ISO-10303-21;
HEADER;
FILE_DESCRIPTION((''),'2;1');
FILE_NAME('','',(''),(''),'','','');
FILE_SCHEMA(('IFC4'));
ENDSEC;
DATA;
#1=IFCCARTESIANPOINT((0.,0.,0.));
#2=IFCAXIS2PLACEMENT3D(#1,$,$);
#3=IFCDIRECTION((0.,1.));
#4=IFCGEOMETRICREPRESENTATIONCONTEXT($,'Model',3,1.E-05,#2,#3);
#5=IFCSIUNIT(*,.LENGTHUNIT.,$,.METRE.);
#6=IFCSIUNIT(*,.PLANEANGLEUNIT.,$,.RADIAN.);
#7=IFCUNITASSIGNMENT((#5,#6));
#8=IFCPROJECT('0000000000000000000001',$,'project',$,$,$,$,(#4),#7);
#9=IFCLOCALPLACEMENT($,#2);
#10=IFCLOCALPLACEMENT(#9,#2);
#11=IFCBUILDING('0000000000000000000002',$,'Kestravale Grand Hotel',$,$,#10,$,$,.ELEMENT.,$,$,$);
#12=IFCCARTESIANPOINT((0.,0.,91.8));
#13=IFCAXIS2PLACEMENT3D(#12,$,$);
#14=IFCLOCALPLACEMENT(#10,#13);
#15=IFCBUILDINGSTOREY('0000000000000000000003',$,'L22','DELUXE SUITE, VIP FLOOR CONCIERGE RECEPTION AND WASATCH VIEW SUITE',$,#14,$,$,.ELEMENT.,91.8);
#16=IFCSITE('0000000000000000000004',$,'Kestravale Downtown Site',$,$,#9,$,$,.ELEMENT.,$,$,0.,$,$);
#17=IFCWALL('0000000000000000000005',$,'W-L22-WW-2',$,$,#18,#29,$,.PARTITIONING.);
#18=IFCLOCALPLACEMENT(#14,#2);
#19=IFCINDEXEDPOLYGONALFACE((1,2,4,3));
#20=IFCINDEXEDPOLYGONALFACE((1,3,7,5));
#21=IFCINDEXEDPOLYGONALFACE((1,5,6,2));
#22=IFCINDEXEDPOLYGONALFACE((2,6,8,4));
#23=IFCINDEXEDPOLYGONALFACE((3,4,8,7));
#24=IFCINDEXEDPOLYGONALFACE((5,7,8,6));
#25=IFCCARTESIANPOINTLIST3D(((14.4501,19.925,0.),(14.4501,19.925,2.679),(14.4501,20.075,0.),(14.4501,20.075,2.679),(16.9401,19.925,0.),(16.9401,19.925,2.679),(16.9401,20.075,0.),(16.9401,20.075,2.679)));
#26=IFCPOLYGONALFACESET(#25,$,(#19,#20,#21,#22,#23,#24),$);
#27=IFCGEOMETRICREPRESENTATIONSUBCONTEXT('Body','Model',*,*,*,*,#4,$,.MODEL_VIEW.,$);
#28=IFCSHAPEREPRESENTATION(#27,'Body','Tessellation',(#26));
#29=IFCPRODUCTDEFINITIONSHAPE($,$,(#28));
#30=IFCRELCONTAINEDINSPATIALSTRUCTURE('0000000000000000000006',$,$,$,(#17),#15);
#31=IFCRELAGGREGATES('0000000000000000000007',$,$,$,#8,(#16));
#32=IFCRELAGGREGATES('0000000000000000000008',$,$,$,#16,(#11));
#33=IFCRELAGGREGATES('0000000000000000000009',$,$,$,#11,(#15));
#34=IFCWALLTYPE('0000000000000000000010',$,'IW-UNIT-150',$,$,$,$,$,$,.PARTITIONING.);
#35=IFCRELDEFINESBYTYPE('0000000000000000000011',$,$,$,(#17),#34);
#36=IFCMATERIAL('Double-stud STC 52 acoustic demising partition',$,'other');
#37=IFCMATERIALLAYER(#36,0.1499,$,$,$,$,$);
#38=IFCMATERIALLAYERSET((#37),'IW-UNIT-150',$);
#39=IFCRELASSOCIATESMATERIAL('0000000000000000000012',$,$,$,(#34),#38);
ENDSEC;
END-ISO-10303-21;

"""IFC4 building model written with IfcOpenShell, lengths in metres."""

from ifc_helpers import new_model, si_unit, direction, frame, frame_2d, origin, place, context, subcontext, project, spatial, rectangle, extrude, material, layer, layer_set, type_object, element, save


model = new_model("IFC4")

# Units and contexts
model_context = context("Model", 3, precision=1e-05, world=origin(), true_north=direction((0.0, 1.0)))
body_context = subcontext(model_context, "Body", "Model", "MODEL_VIEW")
ifc_project = project(units=[si_unit("LENGTHUNIT", "METRE"), si_unit("PLANEANGLEUNIT", "RADIAN")], contexts=[model_context])

# Site, building, storey
site_placement = place(None, origin())
site = spatial("IfcSite", under=ifc_project, at=site_placement, Name="Kestravale Downtown Site", CompositionType="ELEMENT", RefElevation=0.0)
building_placement = place(site_placement, origin())
building = spatial("IfcBuilding", under=site, at=building_placement, Name="Kestravale Grand Hotel", CompositionType="ELEMENT")
storey_placement = place(building_placement, frame((0.0, 0.0, 91.8)))
storey = spatial("IfcBuildingStorey", under=building, at=storey_placement, Name="L22", Description="DELUXE SUITE, VIP FLOOR CONCIERGE RECEPTION AND WASATCH VIEW SUITE", CompositionType="ELEMENT", Elevation=91.8)

# Wall
ifc_material_1 = material(Name="Double-stud STC 52 acoustic demising partition", Category="other")
ifc_layer_1 = layer(ifc_material_1, 0.1499)
ifc_layer_set_1 = layer_set([ifc_layer_1], Name="IW-UNIT-150")
wall_type_1 = type_object("IfcWallType", Name="IW-UNIT-150", PredefinedType="PARTITIONING", material=ifc_layer_set_1)
wall_1_placement = place(storey_placement, frame((14.45, 20.0, 0.0), z_axis=(0.0, 0.0, 1.0), x_axis=(1.0, 0.0, 0.0)))
element("IfcWall", 1, at=wall_1_placement, inside=storey, type_object=wall_type_1, Name="W-L22-WW-2", PredefinedType="PARTITIONING", context=body_context, shape_type="SweptSolid", body=[
    extrude(rectangle(XDim=2.49, YDim=0.1499, at=frame_2d((1.2451, 0.0))), origin(), (0.0, 0.0, 1.0), 2.679),
])

save(model, "model.ifc")
